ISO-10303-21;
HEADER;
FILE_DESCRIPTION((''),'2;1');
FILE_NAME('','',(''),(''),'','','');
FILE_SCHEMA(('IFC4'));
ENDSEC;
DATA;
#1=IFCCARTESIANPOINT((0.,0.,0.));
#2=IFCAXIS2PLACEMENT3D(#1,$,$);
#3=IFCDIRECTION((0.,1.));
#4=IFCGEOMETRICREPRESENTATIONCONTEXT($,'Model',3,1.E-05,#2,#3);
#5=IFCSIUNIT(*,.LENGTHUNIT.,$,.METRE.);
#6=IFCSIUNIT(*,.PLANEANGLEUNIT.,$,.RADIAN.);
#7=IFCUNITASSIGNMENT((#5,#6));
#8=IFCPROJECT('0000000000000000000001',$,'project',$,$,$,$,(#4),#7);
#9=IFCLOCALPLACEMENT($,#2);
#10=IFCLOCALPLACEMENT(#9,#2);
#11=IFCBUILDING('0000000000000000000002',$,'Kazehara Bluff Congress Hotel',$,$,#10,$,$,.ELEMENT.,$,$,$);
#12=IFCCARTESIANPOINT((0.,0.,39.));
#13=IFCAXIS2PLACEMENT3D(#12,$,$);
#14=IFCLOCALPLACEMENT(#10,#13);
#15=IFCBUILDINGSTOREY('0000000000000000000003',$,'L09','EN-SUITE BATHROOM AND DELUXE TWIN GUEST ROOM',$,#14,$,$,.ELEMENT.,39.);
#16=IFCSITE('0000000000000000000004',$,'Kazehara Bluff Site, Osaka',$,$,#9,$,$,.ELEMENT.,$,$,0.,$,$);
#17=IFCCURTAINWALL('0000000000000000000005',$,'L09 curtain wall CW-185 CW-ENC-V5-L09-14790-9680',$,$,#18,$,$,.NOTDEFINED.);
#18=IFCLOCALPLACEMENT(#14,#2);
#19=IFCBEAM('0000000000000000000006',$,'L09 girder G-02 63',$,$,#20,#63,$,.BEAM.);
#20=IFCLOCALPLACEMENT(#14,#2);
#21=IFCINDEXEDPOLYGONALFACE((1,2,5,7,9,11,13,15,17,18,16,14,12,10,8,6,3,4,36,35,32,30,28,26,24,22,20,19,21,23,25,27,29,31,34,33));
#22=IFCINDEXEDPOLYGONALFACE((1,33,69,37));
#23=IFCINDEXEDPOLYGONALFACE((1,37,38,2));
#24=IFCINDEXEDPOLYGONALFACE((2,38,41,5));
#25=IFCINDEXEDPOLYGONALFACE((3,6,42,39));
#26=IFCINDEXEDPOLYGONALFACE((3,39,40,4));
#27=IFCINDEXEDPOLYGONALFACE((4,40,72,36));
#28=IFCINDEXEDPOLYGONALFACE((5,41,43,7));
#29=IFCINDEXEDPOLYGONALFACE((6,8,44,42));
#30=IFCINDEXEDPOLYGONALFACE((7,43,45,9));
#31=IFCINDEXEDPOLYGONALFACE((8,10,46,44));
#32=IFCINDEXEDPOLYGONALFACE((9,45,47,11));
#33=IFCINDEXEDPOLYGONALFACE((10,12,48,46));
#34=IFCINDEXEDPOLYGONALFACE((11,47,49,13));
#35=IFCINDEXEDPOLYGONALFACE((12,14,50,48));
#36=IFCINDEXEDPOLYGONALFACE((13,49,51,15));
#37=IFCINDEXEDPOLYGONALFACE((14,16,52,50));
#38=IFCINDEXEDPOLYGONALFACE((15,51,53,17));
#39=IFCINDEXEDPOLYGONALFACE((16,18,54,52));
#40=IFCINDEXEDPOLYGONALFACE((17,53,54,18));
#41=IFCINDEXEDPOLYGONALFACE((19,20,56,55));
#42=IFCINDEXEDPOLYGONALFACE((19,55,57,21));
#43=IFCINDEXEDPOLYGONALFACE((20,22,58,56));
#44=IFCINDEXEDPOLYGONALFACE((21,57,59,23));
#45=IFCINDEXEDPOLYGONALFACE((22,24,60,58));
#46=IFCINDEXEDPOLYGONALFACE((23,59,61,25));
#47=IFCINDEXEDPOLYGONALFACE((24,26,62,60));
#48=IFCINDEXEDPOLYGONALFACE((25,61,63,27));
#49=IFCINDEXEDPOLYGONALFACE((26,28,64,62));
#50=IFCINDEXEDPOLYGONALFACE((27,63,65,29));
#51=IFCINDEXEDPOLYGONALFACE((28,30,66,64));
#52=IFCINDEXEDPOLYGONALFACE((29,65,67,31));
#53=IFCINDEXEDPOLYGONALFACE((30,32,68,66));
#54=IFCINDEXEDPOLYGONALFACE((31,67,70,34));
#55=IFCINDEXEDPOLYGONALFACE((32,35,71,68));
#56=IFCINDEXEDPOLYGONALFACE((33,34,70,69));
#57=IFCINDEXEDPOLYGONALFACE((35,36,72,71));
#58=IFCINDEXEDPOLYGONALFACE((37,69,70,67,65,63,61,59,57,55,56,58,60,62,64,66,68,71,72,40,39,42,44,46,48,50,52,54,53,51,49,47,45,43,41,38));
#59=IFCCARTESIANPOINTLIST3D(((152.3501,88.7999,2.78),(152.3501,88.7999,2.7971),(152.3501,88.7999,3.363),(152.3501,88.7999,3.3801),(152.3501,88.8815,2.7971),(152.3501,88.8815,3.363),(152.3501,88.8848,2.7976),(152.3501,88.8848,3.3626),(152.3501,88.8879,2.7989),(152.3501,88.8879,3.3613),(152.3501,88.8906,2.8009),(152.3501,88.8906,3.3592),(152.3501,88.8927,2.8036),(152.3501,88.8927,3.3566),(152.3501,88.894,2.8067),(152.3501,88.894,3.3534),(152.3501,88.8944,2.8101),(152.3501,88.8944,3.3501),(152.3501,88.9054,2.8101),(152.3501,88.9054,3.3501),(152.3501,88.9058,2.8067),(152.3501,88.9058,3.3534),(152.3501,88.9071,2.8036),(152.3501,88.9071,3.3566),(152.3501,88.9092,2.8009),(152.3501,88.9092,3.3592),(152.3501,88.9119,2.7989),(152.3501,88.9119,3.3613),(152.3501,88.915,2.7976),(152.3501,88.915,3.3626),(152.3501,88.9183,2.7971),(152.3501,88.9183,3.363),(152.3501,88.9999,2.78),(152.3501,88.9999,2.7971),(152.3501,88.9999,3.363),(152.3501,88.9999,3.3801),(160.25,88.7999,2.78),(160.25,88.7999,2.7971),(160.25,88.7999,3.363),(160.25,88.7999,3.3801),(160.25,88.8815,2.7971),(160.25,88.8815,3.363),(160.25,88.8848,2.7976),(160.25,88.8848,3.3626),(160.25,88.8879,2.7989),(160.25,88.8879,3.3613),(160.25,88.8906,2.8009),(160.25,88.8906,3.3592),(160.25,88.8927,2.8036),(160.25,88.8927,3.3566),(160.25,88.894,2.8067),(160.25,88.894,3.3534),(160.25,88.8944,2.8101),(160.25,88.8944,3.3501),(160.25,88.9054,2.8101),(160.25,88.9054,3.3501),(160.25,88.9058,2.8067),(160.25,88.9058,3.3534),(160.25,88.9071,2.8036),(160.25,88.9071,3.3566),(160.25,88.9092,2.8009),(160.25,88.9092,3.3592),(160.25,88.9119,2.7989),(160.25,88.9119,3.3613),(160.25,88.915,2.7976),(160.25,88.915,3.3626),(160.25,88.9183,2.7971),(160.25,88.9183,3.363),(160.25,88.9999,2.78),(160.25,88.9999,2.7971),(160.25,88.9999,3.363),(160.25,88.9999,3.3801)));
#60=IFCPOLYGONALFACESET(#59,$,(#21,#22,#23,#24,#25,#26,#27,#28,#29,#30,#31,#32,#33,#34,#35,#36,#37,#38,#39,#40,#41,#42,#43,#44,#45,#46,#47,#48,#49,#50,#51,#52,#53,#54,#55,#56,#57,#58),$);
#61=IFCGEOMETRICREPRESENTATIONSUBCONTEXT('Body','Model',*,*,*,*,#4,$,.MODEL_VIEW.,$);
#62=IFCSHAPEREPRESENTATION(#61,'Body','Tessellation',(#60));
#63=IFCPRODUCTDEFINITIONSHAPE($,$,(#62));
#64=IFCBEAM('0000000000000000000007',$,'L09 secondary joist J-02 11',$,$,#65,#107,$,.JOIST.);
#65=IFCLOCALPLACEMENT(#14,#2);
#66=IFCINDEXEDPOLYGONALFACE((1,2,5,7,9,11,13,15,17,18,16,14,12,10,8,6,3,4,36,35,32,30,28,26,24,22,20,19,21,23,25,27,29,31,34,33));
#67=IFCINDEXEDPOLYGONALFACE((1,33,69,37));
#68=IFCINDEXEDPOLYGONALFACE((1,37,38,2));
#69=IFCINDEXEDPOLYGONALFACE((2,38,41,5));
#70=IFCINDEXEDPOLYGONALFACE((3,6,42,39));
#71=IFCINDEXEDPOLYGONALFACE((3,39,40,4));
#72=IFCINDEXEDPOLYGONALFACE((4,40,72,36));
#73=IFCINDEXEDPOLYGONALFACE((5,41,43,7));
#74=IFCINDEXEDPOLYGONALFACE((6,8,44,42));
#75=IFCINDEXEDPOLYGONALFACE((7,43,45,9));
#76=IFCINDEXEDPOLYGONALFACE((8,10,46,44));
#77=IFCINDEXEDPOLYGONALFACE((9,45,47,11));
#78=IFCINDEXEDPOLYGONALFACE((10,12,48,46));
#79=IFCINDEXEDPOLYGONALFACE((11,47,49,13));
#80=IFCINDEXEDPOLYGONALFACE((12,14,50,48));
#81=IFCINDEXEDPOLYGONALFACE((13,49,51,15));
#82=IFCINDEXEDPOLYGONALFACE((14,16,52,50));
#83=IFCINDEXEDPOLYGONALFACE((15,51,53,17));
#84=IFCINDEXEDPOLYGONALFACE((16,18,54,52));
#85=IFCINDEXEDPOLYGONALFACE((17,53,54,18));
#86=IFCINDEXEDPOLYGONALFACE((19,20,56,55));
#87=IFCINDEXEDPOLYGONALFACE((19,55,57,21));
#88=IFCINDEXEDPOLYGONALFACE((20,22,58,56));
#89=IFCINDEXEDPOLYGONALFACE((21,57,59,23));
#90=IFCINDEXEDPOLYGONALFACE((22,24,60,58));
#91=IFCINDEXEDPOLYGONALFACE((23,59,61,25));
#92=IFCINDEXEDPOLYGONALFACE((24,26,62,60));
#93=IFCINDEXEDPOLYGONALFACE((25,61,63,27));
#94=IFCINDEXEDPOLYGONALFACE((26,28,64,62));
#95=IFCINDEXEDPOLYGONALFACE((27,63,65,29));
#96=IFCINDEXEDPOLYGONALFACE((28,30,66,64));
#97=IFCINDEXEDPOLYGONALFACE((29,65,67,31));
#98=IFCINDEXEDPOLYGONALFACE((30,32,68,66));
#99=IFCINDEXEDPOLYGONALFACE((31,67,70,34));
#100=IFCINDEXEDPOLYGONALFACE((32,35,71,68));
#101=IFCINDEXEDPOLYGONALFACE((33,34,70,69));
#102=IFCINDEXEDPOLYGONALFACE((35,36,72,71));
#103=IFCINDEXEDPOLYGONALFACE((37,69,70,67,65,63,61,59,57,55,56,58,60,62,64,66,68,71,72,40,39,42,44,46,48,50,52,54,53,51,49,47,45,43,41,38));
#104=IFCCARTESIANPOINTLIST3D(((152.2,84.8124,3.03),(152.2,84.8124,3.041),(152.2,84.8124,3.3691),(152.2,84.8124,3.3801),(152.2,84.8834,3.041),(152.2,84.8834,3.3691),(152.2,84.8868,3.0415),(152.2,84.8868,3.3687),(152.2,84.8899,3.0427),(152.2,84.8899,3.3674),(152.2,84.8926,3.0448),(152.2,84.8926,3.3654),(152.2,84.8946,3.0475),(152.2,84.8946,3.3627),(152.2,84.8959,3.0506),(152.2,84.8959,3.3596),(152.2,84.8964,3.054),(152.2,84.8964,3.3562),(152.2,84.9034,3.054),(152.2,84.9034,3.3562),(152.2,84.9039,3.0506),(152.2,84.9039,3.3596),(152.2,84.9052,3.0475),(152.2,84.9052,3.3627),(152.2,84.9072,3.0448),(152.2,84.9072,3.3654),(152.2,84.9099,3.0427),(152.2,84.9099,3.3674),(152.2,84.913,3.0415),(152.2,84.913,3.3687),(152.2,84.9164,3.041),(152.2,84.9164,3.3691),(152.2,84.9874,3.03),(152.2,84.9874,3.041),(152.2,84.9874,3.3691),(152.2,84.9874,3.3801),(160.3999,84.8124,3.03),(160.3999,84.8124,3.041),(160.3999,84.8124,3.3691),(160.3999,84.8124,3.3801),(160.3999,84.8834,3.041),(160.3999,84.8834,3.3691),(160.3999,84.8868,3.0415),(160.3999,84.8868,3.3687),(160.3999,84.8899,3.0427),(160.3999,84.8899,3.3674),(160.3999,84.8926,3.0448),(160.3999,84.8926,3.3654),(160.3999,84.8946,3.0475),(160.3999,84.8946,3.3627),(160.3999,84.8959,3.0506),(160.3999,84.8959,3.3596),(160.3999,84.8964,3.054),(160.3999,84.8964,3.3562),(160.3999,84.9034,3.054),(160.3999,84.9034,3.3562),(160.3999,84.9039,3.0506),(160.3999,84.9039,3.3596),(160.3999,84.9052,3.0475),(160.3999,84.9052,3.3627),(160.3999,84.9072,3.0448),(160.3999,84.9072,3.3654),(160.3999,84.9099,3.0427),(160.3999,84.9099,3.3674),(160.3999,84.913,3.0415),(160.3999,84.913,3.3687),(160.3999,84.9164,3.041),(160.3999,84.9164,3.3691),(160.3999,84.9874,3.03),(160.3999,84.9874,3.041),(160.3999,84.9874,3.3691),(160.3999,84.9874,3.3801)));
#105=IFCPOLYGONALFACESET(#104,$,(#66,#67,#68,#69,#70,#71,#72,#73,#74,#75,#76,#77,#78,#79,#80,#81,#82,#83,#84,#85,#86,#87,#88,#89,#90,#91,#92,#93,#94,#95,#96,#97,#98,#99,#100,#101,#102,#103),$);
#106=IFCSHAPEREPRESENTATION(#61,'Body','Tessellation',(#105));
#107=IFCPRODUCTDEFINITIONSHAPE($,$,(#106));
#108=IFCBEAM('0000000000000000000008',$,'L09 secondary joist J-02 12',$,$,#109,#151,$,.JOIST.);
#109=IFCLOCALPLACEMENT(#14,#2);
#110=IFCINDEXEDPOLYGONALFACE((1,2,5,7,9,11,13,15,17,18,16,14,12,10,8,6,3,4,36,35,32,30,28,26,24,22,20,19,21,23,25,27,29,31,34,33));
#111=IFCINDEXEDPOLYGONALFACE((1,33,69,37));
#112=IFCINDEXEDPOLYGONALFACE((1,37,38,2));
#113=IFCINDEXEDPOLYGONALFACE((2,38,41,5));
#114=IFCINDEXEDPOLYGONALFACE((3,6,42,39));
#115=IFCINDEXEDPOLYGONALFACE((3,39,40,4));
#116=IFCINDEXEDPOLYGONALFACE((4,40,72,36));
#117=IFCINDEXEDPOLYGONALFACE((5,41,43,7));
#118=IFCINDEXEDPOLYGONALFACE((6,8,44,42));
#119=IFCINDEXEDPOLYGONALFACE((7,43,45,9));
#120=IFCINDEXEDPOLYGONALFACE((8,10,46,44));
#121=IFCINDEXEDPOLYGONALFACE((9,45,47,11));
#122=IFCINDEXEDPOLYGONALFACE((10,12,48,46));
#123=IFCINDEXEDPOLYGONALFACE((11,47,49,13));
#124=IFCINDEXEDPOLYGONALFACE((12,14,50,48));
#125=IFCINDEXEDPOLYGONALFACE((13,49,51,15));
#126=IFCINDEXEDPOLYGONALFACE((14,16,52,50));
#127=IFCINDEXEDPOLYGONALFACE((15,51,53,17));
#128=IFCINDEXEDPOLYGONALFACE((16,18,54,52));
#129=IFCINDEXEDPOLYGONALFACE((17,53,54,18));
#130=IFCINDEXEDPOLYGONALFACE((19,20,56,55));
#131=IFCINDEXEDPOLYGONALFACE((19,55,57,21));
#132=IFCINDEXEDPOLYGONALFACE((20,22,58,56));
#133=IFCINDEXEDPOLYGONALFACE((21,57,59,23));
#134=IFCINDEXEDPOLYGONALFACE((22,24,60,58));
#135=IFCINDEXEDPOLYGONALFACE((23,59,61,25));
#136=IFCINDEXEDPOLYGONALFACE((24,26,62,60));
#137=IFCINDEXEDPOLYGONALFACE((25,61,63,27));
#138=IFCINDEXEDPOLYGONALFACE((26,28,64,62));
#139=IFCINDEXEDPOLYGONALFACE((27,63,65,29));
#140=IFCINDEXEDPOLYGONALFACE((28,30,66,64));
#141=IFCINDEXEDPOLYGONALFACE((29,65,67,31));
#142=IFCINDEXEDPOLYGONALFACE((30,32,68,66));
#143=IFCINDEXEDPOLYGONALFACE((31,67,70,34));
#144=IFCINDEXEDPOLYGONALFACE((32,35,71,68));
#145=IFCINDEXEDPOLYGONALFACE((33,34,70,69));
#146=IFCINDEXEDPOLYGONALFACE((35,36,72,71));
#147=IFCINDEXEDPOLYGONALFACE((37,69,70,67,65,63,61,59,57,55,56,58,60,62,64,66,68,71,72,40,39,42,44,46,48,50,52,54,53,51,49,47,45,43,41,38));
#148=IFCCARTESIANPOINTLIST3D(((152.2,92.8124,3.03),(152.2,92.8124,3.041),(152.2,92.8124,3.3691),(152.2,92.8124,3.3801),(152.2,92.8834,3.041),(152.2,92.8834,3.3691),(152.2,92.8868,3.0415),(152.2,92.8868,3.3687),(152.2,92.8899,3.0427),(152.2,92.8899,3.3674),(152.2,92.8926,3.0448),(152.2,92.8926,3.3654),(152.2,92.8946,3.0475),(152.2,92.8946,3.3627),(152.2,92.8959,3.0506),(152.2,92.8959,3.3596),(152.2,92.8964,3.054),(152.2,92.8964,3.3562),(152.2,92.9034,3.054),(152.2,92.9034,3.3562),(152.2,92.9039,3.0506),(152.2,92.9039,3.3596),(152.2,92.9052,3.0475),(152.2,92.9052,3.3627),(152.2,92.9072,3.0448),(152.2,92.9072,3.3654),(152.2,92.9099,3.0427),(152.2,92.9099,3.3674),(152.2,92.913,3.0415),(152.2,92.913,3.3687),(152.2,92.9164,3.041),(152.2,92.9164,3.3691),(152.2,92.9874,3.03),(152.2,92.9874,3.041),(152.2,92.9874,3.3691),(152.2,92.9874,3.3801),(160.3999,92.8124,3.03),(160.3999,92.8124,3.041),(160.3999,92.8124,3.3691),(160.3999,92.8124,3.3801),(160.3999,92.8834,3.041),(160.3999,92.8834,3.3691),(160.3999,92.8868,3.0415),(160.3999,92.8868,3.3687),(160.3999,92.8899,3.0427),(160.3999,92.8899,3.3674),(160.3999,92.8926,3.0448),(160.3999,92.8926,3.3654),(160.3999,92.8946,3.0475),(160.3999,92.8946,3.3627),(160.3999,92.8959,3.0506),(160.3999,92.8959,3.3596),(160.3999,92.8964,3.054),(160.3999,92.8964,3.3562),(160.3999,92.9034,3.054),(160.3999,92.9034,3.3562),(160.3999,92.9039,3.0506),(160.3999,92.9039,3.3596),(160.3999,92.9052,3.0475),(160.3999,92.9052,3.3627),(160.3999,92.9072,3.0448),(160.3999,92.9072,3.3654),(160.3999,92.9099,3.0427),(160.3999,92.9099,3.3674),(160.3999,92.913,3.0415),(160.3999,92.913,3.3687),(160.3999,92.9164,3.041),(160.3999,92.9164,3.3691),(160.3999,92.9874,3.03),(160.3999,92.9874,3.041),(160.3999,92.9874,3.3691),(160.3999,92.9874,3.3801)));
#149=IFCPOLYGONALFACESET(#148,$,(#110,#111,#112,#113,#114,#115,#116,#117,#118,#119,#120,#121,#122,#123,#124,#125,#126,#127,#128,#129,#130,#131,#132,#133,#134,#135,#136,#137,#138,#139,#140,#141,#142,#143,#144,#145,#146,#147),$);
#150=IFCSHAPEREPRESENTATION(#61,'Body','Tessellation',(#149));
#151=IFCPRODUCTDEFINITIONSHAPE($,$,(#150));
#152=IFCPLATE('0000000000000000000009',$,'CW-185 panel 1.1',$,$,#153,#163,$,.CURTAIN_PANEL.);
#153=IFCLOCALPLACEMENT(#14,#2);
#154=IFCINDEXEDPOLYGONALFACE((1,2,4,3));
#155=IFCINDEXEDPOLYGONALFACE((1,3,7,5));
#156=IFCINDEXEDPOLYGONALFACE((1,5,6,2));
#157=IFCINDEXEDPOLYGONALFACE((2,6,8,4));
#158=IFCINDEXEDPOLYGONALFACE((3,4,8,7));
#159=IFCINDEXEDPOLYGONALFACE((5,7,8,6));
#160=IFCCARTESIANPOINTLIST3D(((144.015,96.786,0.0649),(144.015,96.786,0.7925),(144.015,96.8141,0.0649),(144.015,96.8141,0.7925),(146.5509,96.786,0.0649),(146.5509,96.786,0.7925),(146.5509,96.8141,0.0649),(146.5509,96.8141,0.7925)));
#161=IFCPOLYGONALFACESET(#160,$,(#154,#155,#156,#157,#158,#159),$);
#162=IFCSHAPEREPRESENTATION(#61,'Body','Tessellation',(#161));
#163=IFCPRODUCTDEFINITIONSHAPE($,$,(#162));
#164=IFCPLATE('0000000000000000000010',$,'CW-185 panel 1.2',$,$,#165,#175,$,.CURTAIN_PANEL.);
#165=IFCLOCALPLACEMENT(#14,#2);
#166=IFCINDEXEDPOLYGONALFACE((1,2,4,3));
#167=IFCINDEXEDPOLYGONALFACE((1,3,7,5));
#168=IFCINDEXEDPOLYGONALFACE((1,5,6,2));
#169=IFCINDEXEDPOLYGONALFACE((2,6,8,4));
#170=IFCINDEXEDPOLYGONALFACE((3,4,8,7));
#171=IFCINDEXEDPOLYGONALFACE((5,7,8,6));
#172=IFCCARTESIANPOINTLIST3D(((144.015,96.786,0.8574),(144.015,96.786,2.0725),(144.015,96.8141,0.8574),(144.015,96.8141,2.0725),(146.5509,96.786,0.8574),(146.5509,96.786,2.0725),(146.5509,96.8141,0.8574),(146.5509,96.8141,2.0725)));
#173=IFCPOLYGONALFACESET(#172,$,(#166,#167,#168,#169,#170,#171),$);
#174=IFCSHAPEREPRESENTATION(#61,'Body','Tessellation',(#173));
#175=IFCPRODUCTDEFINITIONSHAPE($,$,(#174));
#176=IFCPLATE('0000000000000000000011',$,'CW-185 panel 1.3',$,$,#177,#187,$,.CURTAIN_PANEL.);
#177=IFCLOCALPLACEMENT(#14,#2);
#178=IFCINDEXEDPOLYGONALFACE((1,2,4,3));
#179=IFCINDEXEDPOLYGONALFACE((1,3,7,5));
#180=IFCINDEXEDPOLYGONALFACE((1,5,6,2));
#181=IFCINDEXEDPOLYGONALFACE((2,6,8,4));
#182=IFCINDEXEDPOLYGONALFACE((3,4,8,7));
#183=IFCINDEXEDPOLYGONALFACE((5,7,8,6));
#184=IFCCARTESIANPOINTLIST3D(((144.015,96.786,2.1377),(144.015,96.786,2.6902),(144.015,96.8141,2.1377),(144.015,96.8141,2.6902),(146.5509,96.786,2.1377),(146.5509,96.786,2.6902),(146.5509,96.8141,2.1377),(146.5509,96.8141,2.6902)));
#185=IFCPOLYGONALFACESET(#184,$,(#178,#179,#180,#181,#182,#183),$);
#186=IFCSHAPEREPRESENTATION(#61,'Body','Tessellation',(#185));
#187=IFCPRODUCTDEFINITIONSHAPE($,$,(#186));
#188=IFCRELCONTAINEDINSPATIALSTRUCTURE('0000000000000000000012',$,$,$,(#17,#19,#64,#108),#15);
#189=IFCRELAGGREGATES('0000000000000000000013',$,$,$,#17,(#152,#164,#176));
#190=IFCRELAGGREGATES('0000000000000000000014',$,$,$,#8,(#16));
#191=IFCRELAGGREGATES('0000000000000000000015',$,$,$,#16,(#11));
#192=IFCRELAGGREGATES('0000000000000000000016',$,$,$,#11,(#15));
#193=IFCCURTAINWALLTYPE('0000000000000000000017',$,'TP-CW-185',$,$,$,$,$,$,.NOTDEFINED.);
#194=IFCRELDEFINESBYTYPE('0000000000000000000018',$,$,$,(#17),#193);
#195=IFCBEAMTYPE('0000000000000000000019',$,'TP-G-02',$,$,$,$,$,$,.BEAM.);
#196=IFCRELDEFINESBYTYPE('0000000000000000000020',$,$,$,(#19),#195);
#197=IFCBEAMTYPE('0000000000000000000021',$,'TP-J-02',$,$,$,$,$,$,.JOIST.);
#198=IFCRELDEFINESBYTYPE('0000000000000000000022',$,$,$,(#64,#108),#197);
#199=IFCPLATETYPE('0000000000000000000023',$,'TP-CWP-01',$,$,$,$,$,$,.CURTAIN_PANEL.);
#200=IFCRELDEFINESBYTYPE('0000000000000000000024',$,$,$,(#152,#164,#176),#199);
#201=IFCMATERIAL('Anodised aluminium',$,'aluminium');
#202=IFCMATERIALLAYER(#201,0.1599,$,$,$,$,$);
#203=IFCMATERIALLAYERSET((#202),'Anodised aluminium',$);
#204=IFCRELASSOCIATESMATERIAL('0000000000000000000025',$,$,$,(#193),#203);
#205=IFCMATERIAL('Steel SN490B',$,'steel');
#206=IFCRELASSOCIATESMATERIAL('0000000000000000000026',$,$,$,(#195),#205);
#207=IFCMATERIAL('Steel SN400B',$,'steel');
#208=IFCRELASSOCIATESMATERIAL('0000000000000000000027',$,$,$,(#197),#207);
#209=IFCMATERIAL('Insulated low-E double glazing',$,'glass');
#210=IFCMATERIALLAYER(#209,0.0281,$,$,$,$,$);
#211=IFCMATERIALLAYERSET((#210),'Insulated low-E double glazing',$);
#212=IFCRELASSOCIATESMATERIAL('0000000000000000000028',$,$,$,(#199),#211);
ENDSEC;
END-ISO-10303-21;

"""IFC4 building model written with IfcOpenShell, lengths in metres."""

from ifc_helpers import new_model, si_unit, direction, frame, origin, origin_2d, place, context, subcontext, project, spatial, rectangle, i_section, extrude, material, layer, layer_set, material_profile, profile_set, type_object, element, aggregate, save


model = new_model("IFC4")

# Units and contexts
model_context = context("Model", 3, precision=1e-05, world=origin(), true_north=direction((0.0, 1.0)))
body_context = subcontext(model_context, "Body", "Model", "MODEL_VIEW")
ifc_project = project(units=[si_unit("LENGTHUNIT", "METRE"), si_unit("PLANEANGLEUNIT", "RADIAN")], contexts=[model_context])

# Site, building, storey
site_placement = place(None, origin())
site = spatial("IfcSite", under=ifc_project, at=site_placement, Name="Kazehara Bluff Site, Osaka", CompositionType="ELEMENT", RefElevation=0.0)
building_placement = place(site_placement, origin())
building = spatial("IfcBuilding", under=site, at=building_placement, Name="Kazehara Bluff Congress Hotel", CompositionType="ELEMENT")
storey_placement = place(building_placement, frame((0.0, 0.0, 39.0)))
storey = spatial("IfcBuildingStorey", under=building, at=storey_placement, Name="L09", Description="EN-SUITE BATHROOM AND DELUXE TWIN GUEST ROOM", CompositionType="ELEMENT", Elevation=39.0)

# Curtain wall
ifc_material_1 = material(Name="Anodised aluminium", Category="aluminium")
ifc_layer_1 = layer(ifc_material_1, 0.1599)
ifc_layer_set_1 = layer_set([ifc_layer_1], Name="Anodised aluminium")
curtain_wall_type = type_object("IfcCurtainWallType", Name="TP-CW-185", PredefinedType="NOTDEFINED", material=ifc_layer_set_1)
curtain_wall_placement = place(storey_placement, origin())
curtain_wall = element("IfcCurtainWall", 1, at=curtain_wall_placement, inside=storey, type_object=curtain_wall_type, Name="L09 curtain wall CW-185 CW-ENC-V5-L09-14790-9680", PredefinedType="NOTDEFINED")

# Beams
ifc_material_2 = material(Name="Steel SN490B", Category="steel")
ifc_material_profile_1 = material_profile(ifc_material_2, i_section(OverallWidth=0.2, OverallDepth=0.6001, WebThickness=0.011, FlangeThickness=0.0171, FilletRadius=0.0129, at=origin_2d()))
ifc_profile_set_1 = profile_set([ifc_material_profile_1], Name="Steel SN490B")
beam_type_1 = type_object("IfcBeamType", Name="TP-G-02", PredefinedType="BEAM", material=ifc_profile_set_1)
beam_placement = place(storey_placement, frame((152.3501, 88.8999, 3.0801), z_axis=(1.0, 0.0, 0.0), x_axis=(0.0, 1.0, 0.0)))
element("IfcBeam", 2, at=beam_placement, inside=storey, type_object=beam_type_1, Name="L09 girder G-02 63", PredefinedType="BEAM", context=body_context, shape_type="SweptSolid", body=[
    extrude(i_section(OverallWidth=0.2, OverallDepth=0.6001, WebThickness=0.011, FlangeThickness=0.0171, FilletRadius=0.0129, at=origin_2d()), origin(), (0.0, 0.0, 1.0), 7.8999),
])
ifc_material_3 = material(Name="Steel SN400B", Category="steel")
ifc_material_profile_2 = material_profile(ifc_material_3, i_section(OverallWidth=0.175, OverallDepth=0.3501, WebThickness=0.0071, FlangeThickness=0.011, FilletRadius=0.0129, at=origin_2d()))
ifc_profile_set_2 = profile_set([ifc_material_profile_2], Name="Steel SN400B")
beam_type_2 = type_object("IfcBeamType", Name="TP-J-02", PredefinedType="JOIST", material=ifc_profile_set_2)
for number, where, z_axis, x_axis, name in (
    (3, (152.2, 84.8999, 3.2051), (1.0, 0.0, 0.0), (0.0, 1.0, 0.0), "L09 secondary joist J-02 11"),
    (4, (152.2, 92.8999, 3.2051), (1.0, 0.0, 0.0), (0.0, 1.0, 0.0), "L09 secondary joist J-02 12"),
):
    element("IfcBeam", number, at=place(storey_placement, frame(where, z_axis=z_axis, x_axis=x_axis)), inside=storey, type_object=beam_type_2, Name=name, PredefinedType="JOIST", context=body_context, shape_type="SweptSolid", body=[
        extrude(i_section(OverallWidth=0.175, OverallDepth=0.3501, WebThickness=0.0071, FlangeThickness=0.011, FilletRadius=0.0129, at=origin_2d()), origin(), (0.0, 0.0, 1.0), 8.2),
    ])

# Plates
ifc_material_4 = material(Name="Insulated low-E double glazing", Category="glass")
ifc_layer_2 = layer(ifc_material_4, 0.0281)
ifc_layer_set_2 = layer_set([ifc_layer_2], Name="Insulated low-E double glazing")
plate_type = type_object("IfcPlateType", Name="TP-CWP-01", PredefinedType="CURTAIN_PANEL", material=ifc_layer_set_2)
plate_1_placement = place(storey_placement, frame((145.283, 96.8, 0.0649), z_axis=(0.0, 0.0, 1.0), x_axis=(1.0, 0.0, 0.0)))
plate_1 = element("IfcPlate", 5, at=plate_1_placement, type_object=plate_type, Name="CW-185 panel 1.1", PredefinedType="CURTAIN_PANEL", context=body_context, shape_type="SweptSolid", body=[
    extrude(rectangle(XDim=2.5359, YDim=0.0281, at=origin_2d()), origin(), (0.0, 0.0, 1.0), 0.7275),
])
plate_2_placement = place(storey_placement, frame((145.283, 96.8, 0.8574), z_axis=(0.0, 0.0, 1.0), x_axis=(1.0, 0.0, 0.0)))
plate_2 = element("IfcPlate", 6, at=plate_2_placement, type_object=plate_type, Name="CW-185 panel 1.2", PredefinedType="CURTAIN_PANEL", context=body_context, shape_type="SweptSolid", body=[
    extrude(rectangle(XDim=2.5359, YDim=0.0281, at=origin_2d()), origin(), (0.0, 0.0, 1.0), 1.2151),
])
plate_3_placement = place(storey_placement, frame((145.283, 96.8, 2.1377), z_axis=(0.0, 0.0, 1.0), x_axis=(1.0, 0.0, 0.0)))
plate_3 = element("IfcPlate", 7, at=plate_3_placement, type_object=plate_type, Name="CW-185 panel 1.3", PredefinedType="CURTAIN_PANEL", context=body_context, shape_type="SweptSolid", body=[
    extrude(rectangle(XDim=2.5359, YDim=0.0281, at=origin_2d()), origin(), (0.0, 0.0, 1.0), 0.5525),
])
aggregate(curtain_wall, [plate_1, plate_2, plate_3])

save(model, "model.ifc")
